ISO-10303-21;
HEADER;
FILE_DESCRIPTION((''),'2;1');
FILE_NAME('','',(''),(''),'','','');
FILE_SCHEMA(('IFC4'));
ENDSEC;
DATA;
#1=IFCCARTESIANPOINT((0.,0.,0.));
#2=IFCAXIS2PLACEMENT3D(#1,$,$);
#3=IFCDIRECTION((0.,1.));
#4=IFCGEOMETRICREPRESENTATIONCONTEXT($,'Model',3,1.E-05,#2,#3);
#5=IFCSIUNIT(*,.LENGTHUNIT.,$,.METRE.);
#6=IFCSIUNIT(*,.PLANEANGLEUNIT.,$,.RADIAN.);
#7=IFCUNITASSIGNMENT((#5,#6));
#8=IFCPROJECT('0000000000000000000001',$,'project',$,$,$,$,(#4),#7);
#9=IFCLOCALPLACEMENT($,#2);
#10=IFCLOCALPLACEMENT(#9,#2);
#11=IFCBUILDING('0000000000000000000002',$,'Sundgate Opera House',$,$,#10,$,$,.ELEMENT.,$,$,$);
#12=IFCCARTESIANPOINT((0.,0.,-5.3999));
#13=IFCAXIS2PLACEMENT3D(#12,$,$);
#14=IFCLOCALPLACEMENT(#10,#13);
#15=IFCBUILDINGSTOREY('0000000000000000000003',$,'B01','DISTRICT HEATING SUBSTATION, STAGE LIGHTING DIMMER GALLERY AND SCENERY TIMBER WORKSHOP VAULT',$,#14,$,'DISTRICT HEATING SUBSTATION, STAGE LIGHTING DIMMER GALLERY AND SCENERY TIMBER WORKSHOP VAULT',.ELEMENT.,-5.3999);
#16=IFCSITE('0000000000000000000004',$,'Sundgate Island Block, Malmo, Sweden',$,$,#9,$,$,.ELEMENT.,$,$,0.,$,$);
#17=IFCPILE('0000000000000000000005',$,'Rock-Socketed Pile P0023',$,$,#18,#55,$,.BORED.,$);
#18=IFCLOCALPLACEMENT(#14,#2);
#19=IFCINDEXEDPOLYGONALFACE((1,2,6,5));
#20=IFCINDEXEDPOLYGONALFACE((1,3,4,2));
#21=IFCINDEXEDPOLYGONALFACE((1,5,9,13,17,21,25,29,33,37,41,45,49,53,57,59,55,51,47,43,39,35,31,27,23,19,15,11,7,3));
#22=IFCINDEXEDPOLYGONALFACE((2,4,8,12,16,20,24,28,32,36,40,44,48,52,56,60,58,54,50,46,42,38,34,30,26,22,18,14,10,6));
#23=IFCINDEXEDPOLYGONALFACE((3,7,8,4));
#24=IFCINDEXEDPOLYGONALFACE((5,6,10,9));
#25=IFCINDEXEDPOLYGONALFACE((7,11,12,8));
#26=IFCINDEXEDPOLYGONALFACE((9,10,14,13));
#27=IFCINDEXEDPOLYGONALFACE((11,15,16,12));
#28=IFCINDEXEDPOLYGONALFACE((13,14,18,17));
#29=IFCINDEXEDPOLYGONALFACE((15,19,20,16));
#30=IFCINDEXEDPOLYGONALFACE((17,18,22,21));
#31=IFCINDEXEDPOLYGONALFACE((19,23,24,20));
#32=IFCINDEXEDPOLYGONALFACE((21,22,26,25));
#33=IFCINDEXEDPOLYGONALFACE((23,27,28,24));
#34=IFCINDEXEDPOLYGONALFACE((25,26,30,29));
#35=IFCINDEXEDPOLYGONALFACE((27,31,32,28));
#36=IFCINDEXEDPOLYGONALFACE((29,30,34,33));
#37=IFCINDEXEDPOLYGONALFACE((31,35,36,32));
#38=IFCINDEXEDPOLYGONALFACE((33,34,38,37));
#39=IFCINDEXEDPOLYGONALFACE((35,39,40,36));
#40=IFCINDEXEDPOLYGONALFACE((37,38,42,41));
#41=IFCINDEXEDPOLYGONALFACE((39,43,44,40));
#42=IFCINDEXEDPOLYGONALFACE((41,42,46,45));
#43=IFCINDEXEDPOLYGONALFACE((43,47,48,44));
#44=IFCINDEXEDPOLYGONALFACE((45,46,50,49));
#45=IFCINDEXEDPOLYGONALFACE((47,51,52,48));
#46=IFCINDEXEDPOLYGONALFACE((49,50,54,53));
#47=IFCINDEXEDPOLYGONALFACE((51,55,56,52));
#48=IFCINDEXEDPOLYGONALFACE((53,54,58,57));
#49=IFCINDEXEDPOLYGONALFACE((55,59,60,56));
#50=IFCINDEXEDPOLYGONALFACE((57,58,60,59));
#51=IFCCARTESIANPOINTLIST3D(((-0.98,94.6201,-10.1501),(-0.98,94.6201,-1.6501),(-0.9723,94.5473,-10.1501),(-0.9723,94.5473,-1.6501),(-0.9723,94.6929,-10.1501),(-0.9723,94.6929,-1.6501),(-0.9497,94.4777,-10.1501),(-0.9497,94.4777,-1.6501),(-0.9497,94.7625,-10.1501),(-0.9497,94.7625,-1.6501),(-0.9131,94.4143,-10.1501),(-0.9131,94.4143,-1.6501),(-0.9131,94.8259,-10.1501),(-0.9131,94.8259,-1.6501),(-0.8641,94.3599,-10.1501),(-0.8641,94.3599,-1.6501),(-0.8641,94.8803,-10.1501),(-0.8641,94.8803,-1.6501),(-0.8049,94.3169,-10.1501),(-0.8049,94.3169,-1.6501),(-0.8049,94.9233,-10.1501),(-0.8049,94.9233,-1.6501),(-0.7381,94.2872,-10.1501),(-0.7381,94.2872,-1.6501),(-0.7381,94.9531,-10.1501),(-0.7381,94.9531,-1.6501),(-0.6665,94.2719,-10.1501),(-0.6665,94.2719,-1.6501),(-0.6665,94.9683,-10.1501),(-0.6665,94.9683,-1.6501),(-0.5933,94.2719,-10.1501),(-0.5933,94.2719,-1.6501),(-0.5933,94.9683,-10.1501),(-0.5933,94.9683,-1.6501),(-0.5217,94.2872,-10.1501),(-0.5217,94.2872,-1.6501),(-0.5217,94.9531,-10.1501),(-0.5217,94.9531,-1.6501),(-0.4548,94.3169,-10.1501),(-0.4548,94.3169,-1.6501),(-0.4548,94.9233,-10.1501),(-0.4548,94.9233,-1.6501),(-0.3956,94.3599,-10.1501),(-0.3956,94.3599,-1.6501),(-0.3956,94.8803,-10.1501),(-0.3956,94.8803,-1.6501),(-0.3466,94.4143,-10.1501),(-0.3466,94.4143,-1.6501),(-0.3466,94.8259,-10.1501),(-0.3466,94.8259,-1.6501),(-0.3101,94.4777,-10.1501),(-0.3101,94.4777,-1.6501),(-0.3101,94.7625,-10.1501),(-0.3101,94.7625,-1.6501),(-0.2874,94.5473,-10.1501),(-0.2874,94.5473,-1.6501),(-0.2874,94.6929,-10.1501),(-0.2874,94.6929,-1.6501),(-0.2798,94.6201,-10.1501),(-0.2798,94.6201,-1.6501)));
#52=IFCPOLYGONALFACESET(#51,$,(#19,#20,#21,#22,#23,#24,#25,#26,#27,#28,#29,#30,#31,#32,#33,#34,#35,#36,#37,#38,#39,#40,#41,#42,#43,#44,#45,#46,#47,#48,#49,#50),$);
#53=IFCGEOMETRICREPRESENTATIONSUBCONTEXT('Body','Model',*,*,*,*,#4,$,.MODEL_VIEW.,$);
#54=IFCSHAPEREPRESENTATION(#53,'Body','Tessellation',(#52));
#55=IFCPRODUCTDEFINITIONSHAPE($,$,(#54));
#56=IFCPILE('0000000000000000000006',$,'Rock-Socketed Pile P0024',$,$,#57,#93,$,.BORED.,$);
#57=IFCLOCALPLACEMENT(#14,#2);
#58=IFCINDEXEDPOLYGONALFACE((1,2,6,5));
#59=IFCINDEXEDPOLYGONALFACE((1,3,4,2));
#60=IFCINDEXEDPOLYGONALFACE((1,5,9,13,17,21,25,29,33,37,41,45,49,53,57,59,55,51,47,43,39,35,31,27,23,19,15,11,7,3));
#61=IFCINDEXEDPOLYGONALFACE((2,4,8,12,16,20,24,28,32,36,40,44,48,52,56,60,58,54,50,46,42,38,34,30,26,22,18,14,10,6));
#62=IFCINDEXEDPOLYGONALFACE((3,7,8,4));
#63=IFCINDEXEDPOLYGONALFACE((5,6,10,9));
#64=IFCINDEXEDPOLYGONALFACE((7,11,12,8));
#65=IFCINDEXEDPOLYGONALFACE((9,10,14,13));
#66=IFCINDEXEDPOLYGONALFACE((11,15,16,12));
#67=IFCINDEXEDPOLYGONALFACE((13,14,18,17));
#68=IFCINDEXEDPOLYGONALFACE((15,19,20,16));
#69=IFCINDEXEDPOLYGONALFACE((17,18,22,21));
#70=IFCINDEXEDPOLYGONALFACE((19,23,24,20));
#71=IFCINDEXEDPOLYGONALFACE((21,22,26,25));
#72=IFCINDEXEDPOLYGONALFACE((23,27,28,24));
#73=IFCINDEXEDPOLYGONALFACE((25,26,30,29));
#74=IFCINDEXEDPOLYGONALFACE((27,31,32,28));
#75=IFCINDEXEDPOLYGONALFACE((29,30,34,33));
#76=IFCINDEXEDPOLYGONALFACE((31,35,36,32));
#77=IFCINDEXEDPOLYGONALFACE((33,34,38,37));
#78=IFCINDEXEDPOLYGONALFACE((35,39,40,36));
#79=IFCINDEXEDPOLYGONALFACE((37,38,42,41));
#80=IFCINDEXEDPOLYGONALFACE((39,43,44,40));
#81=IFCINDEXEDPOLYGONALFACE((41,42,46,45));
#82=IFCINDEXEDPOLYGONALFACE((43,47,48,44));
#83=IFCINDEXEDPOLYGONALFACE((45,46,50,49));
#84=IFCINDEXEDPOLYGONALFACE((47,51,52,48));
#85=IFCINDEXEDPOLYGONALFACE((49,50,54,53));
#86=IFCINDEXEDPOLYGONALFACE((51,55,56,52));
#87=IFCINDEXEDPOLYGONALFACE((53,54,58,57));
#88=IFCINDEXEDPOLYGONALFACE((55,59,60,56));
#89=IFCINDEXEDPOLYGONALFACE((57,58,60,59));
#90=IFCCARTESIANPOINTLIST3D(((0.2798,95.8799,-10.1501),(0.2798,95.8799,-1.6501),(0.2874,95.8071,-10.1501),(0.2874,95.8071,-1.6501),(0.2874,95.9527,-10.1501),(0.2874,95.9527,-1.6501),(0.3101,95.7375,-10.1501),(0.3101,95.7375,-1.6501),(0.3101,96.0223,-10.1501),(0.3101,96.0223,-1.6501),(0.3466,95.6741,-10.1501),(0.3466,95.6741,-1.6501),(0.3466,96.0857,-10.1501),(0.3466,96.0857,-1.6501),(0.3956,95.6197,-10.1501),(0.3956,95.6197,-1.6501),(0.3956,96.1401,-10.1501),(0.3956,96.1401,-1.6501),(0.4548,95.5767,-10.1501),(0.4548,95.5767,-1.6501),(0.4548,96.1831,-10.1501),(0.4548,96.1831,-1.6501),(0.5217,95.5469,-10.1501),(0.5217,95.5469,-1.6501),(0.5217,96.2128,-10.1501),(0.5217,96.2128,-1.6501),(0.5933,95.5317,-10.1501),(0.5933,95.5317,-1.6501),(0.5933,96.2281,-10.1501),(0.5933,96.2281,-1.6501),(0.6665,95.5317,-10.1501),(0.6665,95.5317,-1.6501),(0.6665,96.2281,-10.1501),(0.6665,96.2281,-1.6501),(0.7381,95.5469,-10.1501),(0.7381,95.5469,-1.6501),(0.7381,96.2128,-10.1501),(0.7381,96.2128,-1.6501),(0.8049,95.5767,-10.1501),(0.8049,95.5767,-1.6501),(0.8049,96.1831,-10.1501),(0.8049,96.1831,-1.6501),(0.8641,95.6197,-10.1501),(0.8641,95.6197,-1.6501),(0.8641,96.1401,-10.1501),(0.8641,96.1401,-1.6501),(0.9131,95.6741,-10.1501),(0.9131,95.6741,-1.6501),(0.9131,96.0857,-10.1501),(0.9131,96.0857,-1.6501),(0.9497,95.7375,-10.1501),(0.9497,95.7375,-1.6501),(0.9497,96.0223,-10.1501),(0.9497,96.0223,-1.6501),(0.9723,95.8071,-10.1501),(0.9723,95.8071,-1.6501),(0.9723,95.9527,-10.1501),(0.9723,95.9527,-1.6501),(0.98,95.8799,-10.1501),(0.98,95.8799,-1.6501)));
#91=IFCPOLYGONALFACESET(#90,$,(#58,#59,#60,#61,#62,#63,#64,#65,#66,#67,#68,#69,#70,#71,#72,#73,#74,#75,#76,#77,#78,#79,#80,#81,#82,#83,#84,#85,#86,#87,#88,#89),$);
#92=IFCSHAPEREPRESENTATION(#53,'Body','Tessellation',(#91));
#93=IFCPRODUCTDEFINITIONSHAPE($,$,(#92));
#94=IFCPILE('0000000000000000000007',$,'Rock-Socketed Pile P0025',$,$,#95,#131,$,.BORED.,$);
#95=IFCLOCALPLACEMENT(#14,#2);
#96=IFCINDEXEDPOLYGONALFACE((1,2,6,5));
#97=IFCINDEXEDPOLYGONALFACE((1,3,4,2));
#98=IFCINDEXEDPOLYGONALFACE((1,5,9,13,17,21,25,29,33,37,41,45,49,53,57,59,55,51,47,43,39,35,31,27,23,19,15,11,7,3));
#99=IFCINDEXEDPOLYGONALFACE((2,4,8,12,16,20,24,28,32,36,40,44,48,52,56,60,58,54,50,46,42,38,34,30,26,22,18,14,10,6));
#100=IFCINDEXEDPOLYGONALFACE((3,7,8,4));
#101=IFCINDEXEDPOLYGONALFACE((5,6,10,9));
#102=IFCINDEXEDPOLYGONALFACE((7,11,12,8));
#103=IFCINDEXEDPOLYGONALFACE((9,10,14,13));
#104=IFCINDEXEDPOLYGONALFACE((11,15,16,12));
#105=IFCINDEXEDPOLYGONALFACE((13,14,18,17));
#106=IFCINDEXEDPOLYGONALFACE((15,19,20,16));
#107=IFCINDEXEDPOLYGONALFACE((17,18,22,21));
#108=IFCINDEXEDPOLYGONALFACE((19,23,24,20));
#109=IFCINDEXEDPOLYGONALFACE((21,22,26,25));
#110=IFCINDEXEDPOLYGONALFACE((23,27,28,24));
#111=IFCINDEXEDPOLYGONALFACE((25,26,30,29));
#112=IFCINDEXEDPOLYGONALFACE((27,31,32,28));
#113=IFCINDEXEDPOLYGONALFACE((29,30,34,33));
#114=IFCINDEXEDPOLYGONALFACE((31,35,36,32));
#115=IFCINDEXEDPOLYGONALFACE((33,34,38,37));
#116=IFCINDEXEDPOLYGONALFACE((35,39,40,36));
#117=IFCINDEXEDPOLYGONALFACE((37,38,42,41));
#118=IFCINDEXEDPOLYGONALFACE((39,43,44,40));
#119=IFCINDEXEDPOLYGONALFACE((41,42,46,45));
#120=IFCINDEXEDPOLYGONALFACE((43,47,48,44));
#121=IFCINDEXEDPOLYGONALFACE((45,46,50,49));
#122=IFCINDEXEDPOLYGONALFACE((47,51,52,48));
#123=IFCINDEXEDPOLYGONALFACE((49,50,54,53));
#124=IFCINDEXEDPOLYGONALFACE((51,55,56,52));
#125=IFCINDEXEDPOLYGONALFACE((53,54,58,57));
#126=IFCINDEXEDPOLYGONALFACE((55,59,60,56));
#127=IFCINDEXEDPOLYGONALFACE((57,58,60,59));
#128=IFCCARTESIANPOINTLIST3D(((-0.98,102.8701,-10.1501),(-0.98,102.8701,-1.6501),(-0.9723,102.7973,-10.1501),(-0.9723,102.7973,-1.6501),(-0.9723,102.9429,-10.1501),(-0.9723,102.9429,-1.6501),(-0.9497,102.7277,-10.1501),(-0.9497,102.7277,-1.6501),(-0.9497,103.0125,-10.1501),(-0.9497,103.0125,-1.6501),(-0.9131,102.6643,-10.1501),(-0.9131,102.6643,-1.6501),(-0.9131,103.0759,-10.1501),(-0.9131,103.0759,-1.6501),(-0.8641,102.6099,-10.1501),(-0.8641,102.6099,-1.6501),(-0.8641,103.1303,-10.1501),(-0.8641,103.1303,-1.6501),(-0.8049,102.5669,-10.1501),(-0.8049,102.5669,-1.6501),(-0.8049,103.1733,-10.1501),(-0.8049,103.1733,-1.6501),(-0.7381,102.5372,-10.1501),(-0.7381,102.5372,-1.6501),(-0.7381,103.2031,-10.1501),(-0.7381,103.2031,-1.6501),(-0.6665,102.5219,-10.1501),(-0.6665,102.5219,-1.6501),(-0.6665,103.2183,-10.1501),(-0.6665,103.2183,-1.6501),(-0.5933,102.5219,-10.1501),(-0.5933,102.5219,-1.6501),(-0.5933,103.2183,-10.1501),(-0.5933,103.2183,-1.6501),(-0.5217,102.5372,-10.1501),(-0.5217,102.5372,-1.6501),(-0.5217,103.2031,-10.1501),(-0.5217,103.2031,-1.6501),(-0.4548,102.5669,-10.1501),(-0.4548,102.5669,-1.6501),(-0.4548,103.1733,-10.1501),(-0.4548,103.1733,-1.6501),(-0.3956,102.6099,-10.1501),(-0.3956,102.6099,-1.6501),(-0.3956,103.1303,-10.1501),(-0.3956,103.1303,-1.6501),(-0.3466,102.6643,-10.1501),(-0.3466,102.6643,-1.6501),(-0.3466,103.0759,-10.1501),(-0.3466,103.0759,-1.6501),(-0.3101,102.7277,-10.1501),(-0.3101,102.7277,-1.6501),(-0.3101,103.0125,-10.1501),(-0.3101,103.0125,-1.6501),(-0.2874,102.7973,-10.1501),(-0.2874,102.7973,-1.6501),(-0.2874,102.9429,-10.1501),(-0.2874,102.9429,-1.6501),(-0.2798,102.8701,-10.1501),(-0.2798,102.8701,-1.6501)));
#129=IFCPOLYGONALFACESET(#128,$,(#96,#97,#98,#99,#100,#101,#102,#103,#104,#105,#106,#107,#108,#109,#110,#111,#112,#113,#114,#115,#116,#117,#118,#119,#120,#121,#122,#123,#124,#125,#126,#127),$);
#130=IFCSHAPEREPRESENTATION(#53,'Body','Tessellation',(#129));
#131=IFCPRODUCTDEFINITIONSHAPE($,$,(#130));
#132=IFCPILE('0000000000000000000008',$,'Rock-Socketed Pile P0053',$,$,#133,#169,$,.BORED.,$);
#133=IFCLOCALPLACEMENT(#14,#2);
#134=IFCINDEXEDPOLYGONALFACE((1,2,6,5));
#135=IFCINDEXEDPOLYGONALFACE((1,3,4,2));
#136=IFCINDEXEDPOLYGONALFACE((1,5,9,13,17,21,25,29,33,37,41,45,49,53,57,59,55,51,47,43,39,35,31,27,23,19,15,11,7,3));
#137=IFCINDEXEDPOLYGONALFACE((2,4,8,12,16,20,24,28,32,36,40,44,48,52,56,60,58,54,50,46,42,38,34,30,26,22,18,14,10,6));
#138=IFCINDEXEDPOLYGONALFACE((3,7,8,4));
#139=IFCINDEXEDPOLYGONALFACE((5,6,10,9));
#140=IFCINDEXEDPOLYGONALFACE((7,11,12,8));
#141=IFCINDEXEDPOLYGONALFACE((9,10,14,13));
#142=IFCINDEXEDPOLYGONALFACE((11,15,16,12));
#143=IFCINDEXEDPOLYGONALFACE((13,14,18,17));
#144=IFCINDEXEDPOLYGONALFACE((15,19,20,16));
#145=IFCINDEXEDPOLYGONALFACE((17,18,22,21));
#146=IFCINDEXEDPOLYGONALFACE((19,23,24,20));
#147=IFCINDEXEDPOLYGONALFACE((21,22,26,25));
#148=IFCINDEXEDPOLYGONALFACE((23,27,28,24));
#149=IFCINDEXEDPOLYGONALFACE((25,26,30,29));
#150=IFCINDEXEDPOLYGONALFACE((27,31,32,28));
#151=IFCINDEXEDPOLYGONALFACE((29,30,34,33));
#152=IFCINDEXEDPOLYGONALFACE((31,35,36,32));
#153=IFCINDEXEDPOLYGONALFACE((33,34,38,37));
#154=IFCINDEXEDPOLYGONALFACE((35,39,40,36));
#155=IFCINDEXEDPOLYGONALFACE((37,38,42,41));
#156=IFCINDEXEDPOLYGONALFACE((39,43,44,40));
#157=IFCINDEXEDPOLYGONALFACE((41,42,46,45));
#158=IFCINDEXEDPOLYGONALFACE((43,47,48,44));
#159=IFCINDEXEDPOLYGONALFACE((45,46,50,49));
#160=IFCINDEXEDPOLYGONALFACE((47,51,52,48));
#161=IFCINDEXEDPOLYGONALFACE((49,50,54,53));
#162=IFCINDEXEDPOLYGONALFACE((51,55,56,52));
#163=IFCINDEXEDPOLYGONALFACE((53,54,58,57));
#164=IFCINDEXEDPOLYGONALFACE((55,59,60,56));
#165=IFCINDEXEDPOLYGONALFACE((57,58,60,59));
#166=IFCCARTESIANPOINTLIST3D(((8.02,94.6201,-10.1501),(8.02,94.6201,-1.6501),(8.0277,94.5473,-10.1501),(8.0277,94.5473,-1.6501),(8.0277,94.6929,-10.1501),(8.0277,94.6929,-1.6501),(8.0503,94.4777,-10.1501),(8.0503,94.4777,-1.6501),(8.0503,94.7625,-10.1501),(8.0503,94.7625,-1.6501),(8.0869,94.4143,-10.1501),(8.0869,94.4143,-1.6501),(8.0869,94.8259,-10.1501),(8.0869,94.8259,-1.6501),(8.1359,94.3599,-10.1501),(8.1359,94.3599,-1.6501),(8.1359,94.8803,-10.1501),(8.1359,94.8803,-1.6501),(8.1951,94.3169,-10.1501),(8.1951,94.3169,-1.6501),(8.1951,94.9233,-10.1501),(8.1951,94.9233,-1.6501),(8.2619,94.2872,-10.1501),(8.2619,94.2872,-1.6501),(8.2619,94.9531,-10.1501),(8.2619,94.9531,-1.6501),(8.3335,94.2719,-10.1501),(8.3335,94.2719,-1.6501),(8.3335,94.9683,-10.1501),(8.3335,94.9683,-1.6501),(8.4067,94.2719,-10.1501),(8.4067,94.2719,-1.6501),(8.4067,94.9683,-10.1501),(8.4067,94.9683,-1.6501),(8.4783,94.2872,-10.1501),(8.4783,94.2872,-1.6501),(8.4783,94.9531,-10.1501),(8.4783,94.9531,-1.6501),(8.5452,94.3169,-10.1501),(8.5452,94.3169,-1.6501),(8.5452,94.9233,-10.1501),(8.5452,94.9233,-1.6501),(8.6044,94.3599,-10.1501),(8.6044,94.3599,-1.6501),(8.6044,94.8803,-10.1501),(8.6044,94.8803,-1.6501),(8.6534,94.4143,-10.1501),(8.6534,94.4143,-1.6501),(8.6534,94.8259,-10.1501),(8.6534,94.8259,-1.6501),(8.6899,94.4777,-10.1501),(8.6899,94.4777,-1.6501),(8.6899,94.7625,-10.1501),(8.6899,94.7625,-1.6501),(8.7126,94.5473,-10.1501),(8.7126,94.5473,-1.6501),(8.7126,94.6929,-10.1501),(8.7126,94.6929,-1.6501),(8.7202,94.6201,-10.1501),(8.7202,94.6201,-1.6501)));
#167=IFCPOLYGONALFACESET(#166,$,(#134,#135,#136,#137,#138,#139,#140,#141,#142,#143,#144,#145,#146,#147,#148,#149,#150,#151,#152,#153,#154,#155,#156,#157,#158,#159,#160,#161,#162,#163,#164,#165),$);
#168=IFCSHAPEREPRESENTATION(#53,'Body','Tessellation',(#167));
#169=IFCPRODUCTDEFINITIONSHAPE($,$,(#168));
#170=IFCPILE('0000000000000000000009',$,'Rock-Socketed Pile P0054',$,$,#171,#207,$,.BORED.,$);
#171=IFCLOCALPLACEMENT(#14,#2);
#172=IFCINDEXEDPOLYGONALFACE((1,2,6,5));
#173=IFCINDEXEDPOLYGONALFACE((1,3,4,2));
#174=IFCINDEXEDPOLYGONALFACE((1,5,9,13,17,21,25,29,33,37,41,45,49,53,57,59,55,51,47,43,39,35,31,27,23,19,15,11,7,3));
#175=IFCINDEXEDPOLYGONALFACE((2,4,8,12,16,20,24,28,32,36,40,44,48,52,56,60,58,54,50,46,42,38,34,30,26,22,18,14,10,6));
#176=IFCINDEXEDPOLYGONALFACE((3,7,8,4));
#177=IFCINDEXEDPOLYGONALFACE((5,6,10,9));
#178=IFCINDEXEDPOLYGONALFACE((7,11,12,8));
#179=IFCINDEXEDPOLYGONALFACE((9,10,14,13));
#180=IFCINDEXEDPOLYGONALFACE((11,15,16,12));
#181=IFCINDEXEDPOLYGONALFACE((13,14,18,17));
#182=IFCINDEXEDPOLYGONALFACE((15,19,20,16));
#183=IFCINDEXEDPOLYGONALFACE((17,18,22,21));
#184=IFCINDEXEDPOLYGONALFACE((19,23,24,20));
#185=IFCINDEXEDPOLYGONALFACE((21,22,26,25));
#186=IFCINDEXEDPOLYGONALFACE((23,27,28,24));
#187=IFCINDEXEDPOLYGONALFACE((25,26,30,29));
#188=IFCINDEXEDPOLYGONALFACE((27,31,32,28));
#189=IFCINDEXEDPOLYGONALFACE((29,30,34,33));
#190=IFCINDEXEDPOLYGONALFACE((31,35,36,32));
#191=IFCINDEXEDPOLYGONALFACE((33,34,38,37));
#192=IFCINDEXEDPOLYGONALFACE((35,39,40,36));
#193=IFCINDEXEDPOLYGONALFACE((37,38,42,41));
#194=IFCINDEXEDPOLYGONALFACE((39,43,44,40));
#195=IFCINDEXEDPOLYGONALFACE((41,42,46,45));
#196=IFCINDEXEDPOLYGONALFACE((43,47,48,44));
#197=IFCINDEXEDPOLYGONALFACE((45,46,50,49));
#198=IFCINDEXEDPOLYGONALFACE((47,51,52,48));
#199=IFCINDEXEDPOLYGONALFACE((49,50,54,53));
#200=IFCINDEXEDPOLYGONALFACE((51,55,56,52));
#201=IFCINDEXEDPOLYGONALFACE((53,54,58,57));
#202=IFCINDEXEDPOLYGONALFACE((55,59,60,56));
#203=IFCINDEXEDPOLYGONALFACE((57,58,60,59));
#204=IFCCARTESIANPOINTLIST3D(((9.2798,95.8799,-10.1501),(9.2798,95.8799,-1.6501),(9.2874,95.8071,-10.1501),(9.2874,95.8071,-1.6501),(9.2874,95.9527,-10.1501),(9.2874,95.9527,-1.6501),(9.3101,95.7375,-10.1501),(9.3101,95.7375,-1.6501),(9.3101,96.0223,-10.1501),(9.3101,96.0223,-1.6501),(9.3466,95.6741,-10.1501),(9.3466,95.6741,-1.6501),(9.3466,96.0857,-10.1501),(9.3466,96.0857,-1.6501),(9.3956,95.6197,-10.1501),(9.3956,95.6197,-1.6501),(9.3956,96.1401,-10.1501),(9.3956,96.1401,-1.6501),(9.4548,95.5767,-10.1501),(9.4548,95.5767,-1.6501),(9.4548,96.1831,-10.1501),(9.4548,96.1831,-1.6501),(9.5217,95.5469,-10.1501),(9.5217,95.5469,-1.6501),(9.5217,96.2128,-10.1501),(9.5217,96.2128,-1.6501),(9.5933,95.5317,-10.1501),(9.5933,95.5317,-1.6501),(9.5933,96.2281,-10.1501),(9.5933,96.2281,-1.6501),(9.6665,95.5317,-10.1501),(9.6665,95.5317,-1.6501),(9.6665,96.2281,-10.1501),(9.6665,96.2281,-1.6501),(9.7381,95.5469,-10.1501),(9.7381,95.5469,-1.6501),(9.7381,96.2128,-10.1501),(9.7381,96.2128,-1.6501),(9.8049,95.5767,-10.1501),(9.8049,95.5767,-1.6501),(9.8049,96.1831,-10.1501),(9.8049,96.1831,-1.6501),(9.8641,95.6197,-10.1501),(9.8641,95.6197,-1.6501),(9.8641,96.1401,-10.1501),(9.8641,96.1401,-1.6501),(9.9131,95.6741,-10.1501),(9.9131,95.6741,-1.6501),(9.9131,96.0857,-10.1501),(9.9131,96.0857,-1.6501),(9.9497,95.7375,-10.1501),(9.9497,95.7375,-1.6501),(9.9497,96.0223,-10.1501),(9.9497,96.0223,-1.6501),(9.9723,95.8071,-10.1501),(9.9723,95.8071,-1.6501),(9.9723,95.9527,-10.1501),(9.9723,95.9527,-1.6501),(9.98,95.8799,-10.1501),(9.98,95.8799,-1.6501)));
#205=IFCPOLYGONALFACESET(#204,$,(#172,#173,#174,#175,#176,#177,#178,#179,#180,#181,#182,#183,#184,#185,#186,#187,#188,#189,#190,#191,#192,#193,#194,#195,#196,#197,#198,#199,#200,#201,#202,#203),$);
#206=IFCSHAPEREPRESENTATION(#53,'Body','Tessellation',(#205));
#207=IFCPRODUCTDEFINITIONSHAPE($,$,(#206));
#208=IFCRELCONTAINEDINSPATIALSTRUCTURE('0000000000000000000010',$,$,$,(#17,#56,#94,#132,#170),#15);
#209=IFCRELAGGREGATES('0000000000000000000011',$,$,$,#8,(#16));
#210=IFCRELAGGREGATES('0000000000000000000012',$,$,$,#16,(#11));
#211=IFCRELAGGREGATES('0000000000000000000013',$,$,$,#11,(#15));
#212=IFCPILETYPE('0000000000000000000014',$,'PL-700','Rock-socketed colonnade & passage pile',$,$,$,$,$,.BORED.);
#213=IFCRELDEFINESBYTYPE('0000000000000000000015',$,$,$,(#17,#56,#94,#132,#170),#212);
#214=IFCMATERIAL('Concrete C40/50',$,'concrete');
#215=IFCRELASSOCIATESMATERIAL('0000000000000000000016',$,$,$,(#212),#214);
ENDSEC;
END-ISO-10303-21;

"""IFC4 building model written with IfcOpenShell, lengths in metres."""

from ifc_helpers import new_model, si_unit, direction, frame, origin, origin_2d, place, context, subcontext, project, spatial, circle, extrude, material, material_profile, profile_set, type_object, element, save


model = new_model("IFC4")

# Units and contexts
model_context = context("Model", 3, precision=1e-05, world=origin(), true_north=direction((0.0, 1.0)))
body_context = subcontext(model_context, "Body", "Model", "MODEL_VIEW")
ifc_project = project(units=[si_unit("LENGTHUNIT", "METRE"), si_unit("PLANEANGLEUNIT", "RADIAN")], contexts=[model_context])

# Site, building, storey
site_placement = place(None, origin())
site = spatial("IfcSite", under=ifc_project, at=site_placement, Name="Sundgate Island Block, Malmo, Sweden", CompositionType="ELEMENT", RefElevation=0.0)
building_placement = place(site_placement, origin())
building = spatial("IfcBuilding", under=site, at=building_placement, Name="Sundgate Opera House", CompositionType="ELEMENT")
storey_placement = place(building_placement, frame((0.0, 0.0, -5.3999)))
storey = spatial("IfcBuildingStorey", under=building, at=storey_placement, Name="B01", Description="DISTRICT HEATING SUBSTATION, STAGE LIGHTING DIMMER GALLERY AND SCENERY TIMBER WORKSHOP VAULT", LongName="DISTRICT HEATING SUBSTATION, STAGE LIGHTING DIMMER GALLERY AND SCENERY TIMBER WORKSHOP VAULT", CompositionType="ELEMENT", Elevation=-5.3999)

# Piles
ifc_material_1 = material(Name="Concrete C40/50", Category="concrete")
ifc_material_profile_1 = material_profile(ifc_material_1, circle(Radius=0.3501, at=origin_2d()), Name="PILE D700")
ifc_profile_set_1 = profile_set([ifc_material_profile_1], Name="Concrete C40/50")
pile_type = type_object("IfcPileType", Name="PL-700", Description="Rock-socketed colonnade & passage pile", PredefinedType="BORED", material=ifc_profile_set_1)
for number, where, z_axis, x_axis, name in (
    (1, (-0.6299, 94.6201, -1.6501), (0.0, 0.0, -1.0), (1.0, 0.0, 0.0), "Rock-Socketed Pile P0023"),
    (2, (0.6299, 95.8799, -1.6501), (0.0, 0.0, -1.0), (1.0, 0.0, 0.0), "Rock-Socketed Pile P0024"),
    (3, (-0.6299, 102.8701, -1.6501), (0.0, 0.0, -1.0), (1.0, 0.0, 0.0), "Rock-Socketed Pile P0025"),
    (4, (8.3701, 94.6201, -1.6501), (0.0, 0.0, -1.0), (1.0, 0.0, 0.0), "Rock-Socketed Pile P0053"),
    (5, (9.6299, 95.8799, -1.6501), (0.0, 0.0, -1.0), (1.0, 0.0, 0.0), "Rock-Socketed Pile P0054"),
):
    element("IfcPile", number, at=place(storey_placement, frame(where, z_axis=z_axis, x_axis=x_axis)), inside=storey, type_object=pile_type, Name=name, PredefinedType="BORED", context=body_context, shape_type="SweptSolid", body=[
        extrude(circle(Radius=0.3501, at=origin_2d()), origin(), (0.0, 0.0, 1.0), 8.5),
    ])

save(model, "model.ifc")
